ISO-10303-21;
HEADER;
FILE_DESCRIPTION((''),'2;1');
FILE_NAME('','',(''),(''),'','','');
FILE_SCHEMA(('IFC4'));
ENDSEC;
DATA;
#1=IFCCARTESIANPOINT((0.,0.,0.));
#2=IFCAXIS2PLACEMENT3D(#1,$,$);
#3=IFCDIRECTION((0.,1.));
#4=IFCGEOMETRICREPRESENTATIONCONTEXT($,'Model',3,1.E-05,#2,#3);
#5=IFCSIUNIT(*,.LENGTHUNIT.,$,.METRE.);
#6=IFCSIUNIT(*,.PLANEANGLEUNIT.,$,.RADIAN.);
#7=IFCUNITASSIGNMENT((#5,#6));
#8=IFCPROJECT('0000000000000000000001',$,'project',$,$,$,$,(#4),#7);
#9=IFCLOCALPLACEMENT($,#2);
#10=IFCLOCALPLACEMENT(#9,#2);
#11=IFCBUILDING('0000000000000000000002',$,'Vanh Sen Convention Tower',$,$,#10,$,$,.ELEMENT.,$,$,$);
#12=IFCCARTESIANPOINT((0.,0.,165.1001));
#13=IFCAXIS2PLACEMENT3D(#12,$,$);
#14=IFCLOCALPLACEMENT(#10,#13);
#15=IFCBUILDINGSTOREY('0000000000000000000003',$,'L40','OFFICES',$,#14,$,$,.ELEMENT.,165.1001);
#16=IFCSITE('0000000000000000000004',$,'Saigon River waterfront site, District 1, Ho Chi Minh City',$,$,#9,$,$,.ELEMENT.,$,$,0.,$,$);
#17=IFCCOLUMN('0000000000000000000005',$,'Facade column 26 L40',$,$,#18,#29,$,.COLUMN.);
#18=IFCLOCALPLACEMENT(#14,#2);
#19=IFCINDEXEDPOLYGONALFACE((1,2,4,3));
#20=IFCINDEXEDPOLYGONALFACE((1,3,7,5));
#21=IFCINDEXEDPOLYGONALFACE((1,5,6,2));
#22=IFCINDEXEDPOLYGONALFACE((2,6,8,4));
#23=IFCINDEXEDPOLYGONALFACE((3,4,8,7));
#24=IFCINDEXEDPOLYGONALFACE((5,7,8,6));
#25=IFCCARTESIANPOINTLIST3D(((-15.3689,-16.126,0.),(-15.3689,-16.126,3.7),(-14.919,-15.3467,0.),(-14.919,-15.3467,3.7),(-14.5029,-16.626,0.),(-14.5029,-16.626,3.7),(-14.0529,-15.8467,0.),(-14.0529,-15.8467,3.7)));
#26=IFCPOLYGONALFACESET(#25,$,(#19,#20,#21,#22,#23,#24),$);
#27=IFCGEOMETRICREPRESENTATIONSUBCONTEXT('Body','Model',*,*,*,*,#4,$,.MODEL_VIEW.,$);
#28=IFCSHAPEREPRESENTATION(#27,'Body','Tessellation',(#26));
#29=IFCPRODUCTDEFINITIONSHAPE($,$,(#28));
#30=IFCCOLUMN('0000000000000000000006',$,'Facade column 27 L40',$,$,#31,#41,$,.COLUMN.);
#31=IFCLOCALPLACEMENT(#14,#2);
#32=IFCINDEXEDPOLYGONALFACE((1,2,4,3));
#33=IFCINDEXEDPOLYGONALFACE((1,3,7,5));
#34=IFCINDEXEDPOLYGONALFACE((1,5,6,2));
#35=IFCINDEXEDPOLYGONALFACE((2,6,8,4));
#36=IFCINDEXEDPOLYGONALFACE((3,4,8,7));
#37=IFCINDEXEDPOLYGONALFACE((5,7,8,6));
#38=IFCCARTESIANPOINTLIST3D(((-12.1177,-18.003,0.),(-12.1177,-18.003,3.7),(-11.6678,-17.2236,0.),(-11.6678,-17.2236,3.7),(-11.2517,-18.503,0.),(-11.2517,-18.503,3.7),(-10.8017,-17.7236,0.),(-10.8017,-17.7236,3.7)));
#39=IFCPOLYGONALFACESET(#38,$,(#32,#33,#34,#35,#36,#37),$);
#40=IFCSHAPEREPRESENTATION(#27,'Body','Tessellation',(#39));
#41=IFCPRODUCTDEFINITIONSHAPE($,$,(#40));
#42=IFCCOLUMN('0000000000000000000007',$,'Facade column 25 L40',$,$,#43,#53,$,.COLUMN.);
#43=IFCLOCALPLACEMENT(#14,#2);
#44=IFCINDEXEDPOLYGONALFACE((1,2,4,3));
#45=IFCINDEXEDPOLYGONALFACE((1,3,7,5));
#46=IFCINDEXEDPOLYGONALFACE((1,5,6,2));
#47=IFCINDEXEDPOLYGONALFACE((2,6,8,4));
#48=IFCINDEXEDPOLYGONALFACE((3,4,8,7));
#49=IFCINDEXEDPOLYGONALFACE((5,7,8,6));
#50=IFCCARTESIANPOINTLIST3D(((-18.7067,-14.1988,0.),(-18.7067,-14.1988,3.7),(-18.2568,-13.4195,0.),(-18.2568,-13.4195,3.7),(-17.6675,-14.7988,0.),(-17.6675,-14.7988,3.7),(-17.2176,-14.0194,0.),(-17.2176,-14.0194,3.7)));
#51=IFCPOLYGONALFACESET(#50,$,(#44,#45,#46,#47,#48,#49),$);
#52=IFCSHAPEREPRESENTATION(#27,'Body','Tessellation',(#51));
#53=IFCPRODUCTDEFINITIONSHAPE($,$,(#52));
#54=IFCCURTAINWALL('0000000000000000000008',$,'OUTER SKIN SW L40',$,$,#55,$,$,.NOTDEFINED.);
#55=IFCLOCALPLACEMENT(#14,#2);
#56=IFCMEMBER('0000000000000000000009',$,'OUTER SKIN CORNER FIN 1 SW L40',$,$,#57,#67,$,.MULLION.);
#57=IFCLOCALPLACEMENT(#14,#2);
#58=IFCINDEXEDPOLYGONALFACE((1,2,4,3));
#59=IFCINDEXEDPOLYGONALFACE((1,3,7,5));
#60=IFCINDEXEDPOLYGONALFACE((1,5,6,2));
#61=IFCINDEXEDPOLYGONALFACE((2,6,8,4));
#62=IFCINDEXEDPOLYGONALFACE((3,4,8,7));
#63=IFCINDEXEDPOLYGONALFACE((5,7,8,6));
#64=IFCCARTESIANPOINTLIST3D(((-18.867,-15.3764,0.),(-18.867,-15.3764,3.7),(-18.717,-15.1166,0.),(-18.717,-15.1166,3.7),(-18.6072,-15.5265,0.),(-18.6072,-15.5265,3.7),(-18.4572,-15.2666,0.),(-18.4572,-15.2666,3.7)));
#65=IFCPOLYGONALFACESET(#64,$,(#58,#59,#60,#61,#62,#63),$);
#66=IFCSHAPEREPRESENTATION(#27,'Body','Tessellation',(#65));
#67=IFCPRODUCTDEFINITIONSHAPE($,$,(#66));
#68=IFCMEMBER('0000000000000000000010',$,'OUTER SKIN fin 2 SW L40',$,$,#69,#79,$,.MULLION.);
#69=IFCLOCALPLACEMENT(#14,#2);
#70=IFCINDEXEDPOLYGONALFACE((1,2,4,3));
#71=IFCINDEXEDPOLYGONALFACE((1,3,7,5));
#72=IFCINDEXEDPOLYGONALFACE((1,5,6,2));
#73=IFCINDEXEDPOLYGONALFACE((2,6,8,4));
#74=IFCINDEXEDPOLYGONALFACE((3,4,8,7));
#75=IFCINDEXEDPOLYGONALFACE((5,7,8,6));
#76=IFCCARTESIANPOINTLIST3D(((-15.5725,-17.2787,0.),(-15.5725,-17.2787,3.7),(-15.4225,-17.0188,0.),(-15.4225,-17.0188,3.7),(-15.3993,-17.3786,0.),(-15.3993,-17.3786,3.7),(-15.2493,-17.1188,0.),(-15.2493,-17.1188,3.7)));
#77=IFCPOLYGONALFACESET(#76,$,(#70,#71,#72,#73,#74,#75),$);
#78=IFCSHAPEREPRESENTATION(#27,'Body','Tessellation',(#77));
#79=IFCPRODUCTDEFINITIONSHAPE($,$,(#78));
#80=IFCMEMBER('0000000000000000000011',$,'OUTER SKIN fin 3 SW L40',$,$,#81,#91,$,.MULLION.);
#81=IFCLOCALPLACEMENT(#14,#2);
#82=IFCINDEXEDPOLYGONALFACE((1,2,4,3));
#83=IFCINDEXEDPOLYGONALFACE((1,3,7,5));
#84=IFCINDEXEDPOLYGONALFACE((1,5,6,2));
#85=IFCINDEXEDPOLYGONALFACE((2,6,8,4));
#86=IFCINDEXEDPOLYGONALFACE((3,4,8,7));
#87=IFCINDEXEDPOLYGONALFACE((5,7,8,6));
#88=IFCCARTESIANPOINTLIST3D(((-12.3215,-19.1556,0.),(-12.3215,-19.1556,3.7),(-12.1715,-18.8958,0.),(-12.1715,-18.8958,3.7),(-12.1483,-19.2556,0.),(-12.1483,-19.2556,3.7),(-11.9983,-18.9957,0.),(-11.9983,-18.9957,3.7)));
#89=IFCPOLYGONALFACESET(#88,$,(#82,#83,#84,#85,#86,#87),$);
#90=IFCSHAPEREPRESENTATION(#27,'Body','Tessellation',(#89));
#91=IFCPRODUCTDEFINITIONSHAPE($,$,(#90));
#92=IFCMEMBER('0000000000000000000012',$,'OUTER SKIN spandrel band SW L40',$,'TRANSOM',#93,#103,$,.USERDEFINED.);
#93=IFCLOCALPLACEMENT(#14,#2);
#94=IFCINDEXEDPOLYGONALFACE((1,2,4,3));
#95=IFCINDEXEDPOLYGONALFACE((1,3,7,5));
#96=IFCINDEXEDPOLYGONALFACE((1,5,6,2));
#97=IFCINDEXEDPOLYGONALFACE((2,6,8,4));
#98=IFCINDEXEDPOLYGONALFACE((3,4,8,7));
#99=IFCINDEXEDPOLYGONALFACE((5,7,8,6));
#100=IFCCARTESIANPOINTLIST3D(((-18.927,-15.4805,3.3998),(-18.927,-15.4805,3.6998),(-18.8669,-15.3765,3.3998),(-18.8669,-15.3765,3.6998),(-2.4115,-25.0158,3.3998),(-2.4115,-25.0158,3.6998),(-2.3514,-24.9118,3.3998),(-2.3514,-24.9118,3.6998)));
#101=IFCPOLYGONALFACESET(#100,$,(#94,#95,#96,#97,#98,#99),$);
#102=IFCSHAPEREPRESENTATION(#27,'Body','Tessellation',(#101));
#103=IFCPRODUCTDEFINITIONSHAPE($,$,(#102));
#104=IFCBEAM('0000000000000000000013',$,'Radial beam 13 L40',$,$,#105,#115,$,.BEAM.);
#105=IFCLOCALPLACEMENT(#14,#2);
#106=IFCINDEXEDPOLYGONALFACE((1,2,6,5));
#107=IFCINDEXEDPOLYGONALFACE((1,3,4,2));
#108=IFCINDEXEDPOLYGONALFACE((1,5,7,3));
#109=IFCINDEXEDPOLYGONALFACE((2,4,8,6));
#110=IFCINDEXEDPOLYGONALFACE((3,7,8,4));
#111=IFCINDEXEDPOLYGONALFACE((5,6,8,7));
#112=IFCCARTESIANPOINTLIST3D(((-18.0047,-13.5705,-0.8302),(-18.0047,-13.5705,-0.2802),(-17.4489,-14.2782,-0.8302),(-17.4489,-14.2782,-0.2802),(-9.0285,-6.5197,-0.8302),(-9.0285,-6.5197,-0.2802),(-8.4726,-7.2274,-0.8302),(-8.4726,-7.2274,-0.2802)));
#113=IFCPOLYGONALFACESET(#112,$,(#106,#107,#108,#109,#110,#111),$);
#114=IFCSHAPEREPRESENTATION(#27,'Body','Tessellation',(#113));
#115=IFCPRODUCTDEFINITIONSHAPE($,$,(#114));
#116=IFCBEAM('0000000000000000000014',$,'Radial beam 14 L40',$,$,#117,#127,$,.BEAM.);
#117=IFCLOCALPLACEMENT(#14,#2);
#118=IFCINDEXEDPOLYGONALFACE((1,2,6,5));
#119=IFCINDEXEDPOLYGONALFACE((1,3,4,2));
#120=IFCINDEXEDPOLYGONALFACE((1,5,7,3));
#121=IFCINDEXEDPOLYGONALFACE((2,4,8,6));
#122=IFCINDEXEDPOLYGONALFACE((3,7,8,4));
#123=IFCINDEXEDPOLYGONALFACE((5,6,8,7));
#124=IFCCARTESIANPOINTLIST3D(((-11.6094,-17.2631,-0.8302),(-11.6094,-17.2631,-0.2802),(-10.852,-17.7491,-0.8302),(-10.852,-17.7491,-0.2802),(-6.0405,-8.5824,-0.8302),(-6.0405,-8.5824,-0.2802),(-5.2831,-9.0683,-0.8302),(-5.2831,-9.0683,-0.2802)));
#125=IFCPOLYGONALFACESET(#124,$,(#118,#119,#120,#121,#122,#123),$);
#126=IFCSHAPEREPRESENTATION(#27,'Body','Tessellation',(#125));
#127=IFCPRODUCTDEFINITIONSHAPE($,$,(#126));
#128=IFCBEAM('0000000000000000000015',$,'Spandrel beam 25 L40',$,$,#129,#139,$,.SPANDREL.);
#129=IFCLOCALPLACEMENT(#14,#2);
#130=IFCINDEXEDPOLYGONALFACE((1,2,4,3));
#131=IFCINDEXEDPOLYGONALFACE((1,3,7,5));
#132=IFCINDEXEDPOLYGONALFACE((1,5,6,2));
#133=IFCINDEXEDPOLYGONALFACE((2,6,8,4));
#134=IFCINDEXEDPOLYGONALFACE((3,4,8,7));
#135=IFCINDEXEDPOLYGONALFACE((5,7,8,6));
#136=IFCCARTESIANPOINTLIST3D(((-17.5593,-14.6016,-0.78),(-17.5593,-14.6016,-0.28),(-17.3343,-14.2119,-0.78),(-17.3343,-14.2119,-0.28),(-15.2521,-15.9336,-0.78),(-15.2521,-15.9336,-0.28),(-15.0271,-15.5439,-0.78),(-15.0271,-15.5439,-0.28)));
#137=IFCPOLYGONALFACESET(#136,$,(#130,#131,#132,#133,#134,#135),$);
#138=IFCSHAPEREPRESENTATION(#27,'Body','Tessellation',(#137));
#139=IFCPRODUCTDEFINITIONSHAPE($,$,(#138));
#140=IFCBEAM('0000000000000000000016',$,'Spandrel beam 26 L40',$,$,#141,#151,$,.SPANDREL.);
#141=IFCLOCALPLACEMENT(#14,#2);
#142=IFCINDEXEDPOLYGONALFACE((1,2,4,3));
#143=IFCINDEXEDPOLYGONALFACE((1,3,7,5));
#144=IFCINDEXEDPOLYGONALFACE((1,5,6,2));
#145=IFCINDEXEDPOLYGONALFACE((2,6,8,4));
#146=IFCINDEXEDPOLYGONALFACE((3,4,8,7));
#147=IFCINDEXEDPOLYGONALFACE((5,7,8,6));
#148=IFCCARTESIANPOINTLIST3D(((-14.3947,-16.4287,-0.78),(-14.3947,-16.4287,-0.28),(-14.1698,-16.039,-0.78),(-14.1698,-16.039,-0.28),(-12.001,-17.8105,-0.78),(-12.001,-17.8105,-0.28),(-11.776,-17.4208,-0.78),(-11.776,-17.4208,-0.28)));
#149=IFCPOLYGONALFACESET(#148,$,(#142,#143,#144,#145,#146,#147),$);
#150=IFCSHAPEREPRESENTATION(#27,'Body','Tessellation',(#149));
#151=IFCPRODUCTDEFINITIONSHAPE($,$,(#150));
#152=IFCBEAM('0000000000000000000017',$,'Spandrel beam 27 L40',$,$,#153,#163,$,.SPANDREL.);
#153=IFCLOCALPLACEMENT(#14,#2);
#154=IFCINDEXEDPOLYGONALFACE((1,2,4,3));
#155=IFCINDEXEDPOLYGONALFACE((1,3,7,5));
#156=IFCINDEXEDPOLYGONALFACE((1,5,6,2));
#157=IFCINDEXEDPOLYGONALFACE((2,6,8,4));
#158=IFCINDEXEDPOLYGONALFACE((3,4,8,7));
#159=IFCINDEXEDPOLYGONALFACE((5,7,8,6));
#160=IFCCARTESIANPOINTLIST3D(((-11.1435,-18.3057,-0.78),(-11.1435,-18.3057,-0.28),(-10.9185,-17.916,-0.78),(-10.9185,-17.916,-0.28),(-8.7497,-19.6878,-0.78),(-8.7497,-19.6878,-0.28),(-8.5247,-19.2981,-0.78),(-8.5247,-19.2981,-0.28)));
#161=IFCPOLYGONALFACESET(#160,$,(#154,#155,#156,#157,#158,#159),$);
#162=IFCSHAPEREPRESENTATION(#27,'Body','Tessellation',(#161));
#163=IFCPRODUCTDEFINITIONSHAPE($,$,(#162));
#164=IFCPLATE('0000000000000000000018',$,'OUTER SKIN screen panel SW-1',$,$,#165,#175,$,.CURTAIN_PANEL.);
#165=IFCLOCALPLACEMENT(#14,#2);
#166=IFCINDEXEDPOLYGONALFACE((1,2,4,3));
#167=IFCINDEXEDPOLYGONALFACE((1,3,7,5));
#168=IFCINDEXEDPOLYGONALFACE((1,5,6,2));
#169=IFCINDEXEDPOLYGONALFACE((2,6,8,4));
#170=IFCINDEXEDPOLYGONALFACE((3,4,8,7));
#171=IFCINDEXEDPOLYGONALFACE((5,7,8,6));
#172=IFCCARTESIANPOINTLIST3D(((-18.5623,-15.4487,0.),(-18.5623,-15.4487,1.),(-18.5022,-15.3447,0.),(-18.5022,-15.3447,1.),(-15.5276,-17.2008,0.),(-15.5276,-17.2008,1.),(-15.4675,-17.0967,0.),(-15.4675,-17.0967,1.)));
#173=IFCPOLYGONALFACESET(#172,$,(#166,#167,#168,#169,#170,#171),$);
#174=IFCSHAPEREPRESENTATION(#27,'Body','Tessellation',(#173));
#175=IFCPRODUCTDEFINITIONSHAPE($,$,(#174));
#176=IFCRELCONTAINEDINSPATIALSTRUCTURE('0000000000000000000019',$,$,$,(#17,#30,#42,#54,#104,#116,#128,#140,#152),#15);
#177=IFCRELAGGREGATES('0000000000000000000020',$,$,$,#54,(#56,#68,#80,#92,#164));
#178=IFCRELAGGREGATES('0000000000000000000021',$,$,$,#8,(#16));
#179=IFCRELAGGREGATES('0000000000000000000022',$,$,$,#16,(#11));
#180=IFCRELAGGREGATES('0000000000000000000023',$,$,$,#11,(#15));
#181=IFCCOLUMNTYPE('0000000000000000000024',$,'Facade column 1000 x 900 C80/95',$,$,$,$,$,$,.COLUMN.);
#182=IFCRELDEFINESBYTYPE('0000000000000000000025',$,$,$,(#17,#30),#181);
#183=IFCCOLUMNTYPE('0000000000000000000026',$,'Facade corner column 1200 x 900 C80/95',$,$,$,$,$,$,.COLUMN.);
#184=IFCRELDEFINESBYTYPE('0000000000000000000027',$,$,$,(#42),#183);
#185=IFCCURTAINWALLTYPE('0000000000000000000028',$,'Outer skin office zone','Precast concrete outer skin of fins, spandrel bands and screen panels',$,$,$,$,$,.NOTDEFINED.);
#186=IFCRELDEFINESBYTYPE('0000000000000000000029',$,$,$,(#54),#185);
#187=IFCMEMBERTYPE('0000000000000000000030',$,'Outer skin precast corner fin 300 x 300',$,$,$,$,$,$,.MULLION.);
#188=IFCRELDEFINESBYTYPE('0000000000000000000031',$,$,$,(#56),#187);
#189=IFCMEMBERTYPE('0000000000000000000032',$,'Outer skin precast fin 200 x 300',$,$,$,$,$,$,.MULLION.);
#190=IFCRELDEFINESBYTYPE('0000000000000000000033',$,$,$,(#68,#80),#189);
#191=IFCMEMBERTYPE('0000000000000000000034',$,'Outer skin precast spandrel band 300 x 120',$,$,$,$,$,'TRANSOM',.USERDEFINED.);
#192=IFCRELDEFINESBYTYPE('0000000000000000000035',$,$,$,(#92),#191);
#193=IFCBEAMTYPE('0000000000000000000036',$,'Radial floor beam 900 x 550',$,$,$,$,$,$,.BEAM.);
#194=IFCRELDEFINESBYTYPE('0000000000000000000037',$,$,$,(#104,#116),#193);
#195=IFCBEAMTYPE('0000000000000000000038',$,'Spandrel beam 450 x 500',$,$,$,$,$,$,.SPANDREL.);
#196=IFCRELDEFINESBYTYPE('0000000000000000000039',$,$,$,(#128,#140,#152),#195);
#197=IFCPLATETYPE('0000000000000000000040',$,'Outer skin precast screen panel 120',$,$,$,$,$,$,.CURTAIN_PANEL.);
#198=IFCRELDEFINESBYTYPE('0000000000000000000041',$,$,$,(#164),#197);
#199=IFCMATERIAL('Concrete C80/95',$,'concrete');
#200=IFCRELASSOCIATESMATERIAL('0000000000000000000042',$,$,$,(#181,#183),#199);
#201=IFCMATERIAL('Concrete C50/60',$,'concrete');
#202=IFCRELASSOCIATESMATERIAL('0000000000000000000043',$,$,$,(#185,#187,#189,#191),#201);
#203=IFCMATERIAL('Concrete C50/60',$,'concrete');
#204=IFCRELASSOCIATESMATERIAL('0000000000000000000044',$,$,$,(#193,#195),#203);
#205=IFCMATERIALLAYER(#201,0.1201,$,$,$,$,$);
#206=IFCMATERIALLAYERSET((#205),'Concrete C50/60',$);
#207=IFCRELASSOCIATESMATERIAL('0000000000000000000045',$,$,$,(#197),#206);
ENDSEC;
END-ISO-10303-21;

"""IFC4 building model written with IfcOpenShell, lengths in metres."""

from ifc_helpers import new_model, si_unit, direction, frame, origin, origin_2d, place, context, subcontext, project, spatial, rectangle, extrude, material, layer, layer_set, material_profile, profile_set, type_object, element, aggregate, save


model = new_model("IFC4")

# Units and contexts
model_context = context("Model", 3, precision=1e-05, world=origin(), true_north=direction((0.0, 1.0)))
body_context = subcontext(model_context, "Body", "Model", "MODEL_VIEW")
ifc_project = project(units=[si_unit("LENGTHUNIT", "METRE"), si_unit("PLANEANGLEUNIT", "RADIAN")], contexts=[model_context])

# Site, building, storey
site_placement = place(None, origin())
site = spatial("IfcSite", under=ifc_project, at=site_placement, Name="Saigon River waterfront site, District 1, Ho Chi Minh City", CompositionType="ELEMENT", RefElevation=0.0)
building_placement = place(site_placement, origin())
building = spatial("IfcBuilding", under=site, at=building_placement, Name="Vanh Sen Convention Tower", CompositionType="ELEMENT")
storey_placement = place(building_placement, frame((0.0, 0.0, 165.1001)))
storey = spatial("IfcBuildingStorey", under=building, at=storey_placement, Name="L40", Description="OFFICES", CompositionType="ELEMENT", Elevation=165.1001)

# Columns
ifc_material_1 = material(Name="Concrete C80/95", Category="concrete")
ifc_material_profile_1 = material_profile(ifc_material_1, rectangle(XDim=1.0, YDim=0.8999, at=origin_2d()), Name="RC 1000X900")
ifc_profile_set_1 = profile_set([ifc_material_profile_1], Name="Concrete C80/95")
column_type_1 = type_object("IfcColumnType", Name="Facade column 1000 x 900 C80/95", PredefinedType="COLUMN", material=ifc_profile_set_1)
for number, where, z_axis, x_axis, name in (
    (1, (-14.7109, -15.9863, 0.0), (0.0, 0.0, 1.0), (0.866025, -0.5, 0.0), "Facade column 26 L40"),
    (2, (-11.4597, -17.8633, 0.0), (0.0, 0.0, 1.0), (0.866025, -0.5, 0.0), "Facade column 27 L40"),
):
    element("IfcColumn", number, at=place(storey_placement, frame(where, z_axis=z_axis, x_axis=x_axis)), inside=storey, type_object=column_type_1, Name=name, PredefinedType="COLUMN", context=body_context, shape_type="SweptSolid", body=[
        extrude(rectangle(XDim=1.0, YDim=0.8999, at=origin_2d()), origin(), (0.0, 0.0, 1.0), 3.7),
    ])
ifc_material_profile_2 = material_profile(ifc_material_1, rectangle(XDim=1.2, YDim=0.8999, at=origin_2d()), Name="RC 1200X900")
ifc_profile_set_2 = profile_set([ifc_material_profile_2], Name="Concrete C80/95")
column_type_2 = type_object("IfcColumnType", Name="Facade corner column 1200 x 900 C80/95", PredefinedType="COLUMN", material=ifc_profile_set_2)
column_placement = place(storey_placement, frame((-17.9622, -14.1091, 0.0), z_axis=(0.0, 0.0, 1.0), x_axis=(0.866025, -0.5, 0.0)))
element("IfcColumn", 3, at=column_placement, inside=storey, type_object=column_type_2, Name="Facade column 25 L40", PredefinedType="COLUMN", context=body_context, shape_type="SweptSolid", body=[
    extrude(rectangle(XDim=1.2, YDim=0.8999, at=origin_2d()), origin(), (0.0, 0.0, 1.0), 3.7),
])

# Curtain wall, members
ifc_material_2 = material(Name="Concrete C50/60", Category="concrete")
curtain_wall_type = type_object("IfcCurtainWallType", Name="Outer skin office zone", Description="Precast concrete outer skin of fins, spandrel bands and screen panels", PredefinedType="NOTDEFINED", material=ifc_material_2)
curtain_wall_placement = place(storey_placement, origin())
curtain_wall = element("IfcCurtainWall", 4, at=curtain_wall_placement, inside=storey, type_object=curtain_wall_type, Name="OUTER SKIN SW L40", PredefinedType="NOTDEFINED")
ifc_material_profile_3 = material_profile(ifc_material_2, rectangle(XDim=0.3, YDim=0.3, at=origin_2d()), Name="Outer skin precast corner fin 300 x 300")
ifc_profile_set_3 = profile_set([ifc_material_profile_3], Name="Concrete C50/60")
member_type_1 = type_object("IfcMemberType", Name="Outer skin precast corner fin 300 x 300", PredefinedType="MULLION", material=ifc_profile_set_3)
member_1_placement = place(storey_placement, frame((-18.6621, -15.3215, 0.0), z_axis=(0.0, 0.0, 1.0), x_axis=(0.866025, -0.5, 0.0)))
member_1 = element("IfcMember", 5, at=member_1_placement, type_object=member_type_1, Name="OUTER SKIN CORNER FIN 1 SW L40", PredefinedType="MULLION", context=body_context, shape_type="SweptSolid", body=[
    extrude(rectangle(XDim=0.3, YDim=0.3, at=origin_2d()), origin(), (0.0, 0.0, 1.0), 3.7),
])
ifc_material_profile_4 = material_profile(ifc_material_2, rectangle(XDim=0.2, YDim=0.3, at=origin_2d()), Name="Outer skin precast fin 200 x 300")
ifc_profile_set_4 = profile_set([ifc_material_profile_4], Name="Concrete C50/60")
member_type_2 = type_object("IfcMemberType", Name="Outer skin precast fin 200 x 300", PredefinedType="MULLION", material=ifc_profile_set_4)
member_2_placement = place(storey_placement, frame((-15.4109, -17.1987, 0.0), z_axis=(0.0, 0.0, 1.0), x_axis=(0.866025, -0.5, 0.0)))
member_2 = element("IfcMember", 6, at=member_2_placement, type_object=member_type_2, Name="OUTER SKIN fin 2 SW L40", PredefinedType="MULLION", context=body_context, shape_type="SweptSolid", body=[
    extrude(rectangle(XDim=0.2, YDim=0.3, at=origin_2d()), origin(), (0.0, 0.0, 1.0), 3.7),
])
member_3_placement = place(storey_placement, frame((-12.1599, -19.0757, 0.0), z_axis=(0.0, 0.0, 1.0), x_axis=(0.866025, -0.5, 0.0)))
member_3 = element("IfcMember", 7, at=member_3_placement, type_object=member_type_2, Name="OUTER SKIN fin 3 SW L40", PredefinedType="MULLION", context=body_context, shape_type="SweptSolid", body=[
    extrude(rectangle(XDim=0.2, YDim=0.3, at=origin_2d()), origin(), (0.0, 0.0, 1.0), 3.7),
])
ifc_material_profile_5 = material_profile(ifc_material_2, rectangle(XDim=0.1201, YDim=0.3, at=origin_2d()), Name="Outer skin precast spandrel band 300 x 120")
ifc_profile_set_5 = profile_set([ifc_material_profile_5], Name="Concrete C50/60")
member_type_3 = type_object("IfcMemberType", Name="Outer skin precast spandrel band 300 x 120", ElementType="TRANSOM", PredefinedType="USERDEFINED", material=ifc_profile_set_5)
member_4_placement = place(storey_placement, frame((-18.897, -15.4285, 3.5498), z_axis=(0.866023, -0.500004, 0.0), x_axis=(0.500004, 0.866023, 0.0)))
member_4 = element("IfcMember", 8, at=member_4_placement, type_object=member_type_3, Name="OUTER SKIN spandrel band SW L40", ObjectType="TRANSOM", PredefinedType="USERDEFINED", context=body_context, shape_type="SweptSolid", body=[
    extrude(rectangle(XDim=0.1201, YDim=0.3, at=origin_2d()), origin(), (0.0, 0.0, 1.0), 19.0706),
])

# Beams
ifc_material_3 = material(Name="Concrete C50/60", Category="concrete")
ifc_material_profile_6 = material_profile(ifc_material_3, rectangle(XDim=0.8999, YDim=0.55, at=origin_2d()), Name="RC 900X550")
ifc_profile_set_6 = profile_set([ifc_material_profile_6], Name="Concrete C50/60")
beam_type_1 = type_object("IfcBeamType", Name="Radial floor beam 900 x 550", PredefinedType="BEAM", material=ifc_profile_set_6)
beam_1_placement = place(storey_placement, frame((-17.7268, -13.9243, -0.5552), z_axis=(0.786405, 0.617711, 0.0), x_axis=(-0.617711, 0.786405, 0.0)))
element("IfcBeam", 9, at=beam_1_placement, inside=storey, type_object=beam_type_1, Name="Radial beam 13 L40", PredefinedType="BEAM", context=body_context, shape_type="SweptSolid", body=[
    extrude(rectangle(XDim=0.8999, YDim=0.55, at=origin_2d()), origin(), (0.0, 0.0, 1.0), 11.4143),
])
beam_2_placement = place(storey_placement, frame((-11.2307, -17.5061, -0.5552), z_axis=(0.539963, 0.841689, 0.0), x_axis=(-0.841689, 0.539963, 0.0)))
element("IfcBeam", 10, at=beam_2_placement, inside=storey, type_object=beam_type_1, Name="Radial beam 14 L40", PredefinedType="BEAM", context=body_context, shape_type="SweptSolid", body=[
    extrude(rectangle(XDim=0.8999, YDim=0.55, at=origin_2d()), origin(), (0.0, 0.0, 1.0), 10.3135),
])
ifc_material_profile_7 = material_profile(ifc_material_3, rectangle(XDim=0.45, YDim=0.5, at=origin_2d()), Name="RC 450X500")
ifc_profile_set_7 = profile_set([ifc_material_profile_7], Name="Concrete C50/60")
beam_type_2 = type_object("IfcBeamType", Name="Spandrel beam 450 x 500", PredefinedType="SPANDREL", material=ifc_profile_set_7)
beam_3_placement = place(storey_placement, frame((-17.4468, -14.4067, -0.53), z_axis=(0.866024, -0.500003, 0.0), x_axis=(0.500003, 0.866024, 0.0)))
element("IfcBeam", 11, at=beam_3_placement, inside=storey, type_object=beam_type_2, Name="Spandrel beam 25 L40", PredefinedType="SPANDREL", context=body_context, shape_type="SweptSolid", body=[
    extrude(rectangle(XDim=0.45, YDim=0.5, at=origin_2d()), origin(), (0.0, 0.0, 1.0), 2.6641),
])
beam_4_placement = place(storey_placement, frame((-14.2822, -16.2339, -0.53), z_axis=(0.866061, -0.499939, 0.0), x_axis=(0.499939, 0.866061, 0.0)))
element("IfcBeam", 12, at=beam_4_placement, inside=storey, type_object=beam_type_2, Name="Spandrel beam 26 L40", PredefinedType="SPANDREL", context=body_context, shape_type="SweptSolid", body=[
    extrude(rectangle(XDim=0.45, YDim=0.5, at=origin_2d()), origin(), (0.0, 0.0, 1.0), 2.7639),
])
beam_5_placement = place(storey_placement, frame((-11.031, -18.1108, -0.53), z_axis=(0.866022, -0.500005, 0.0), x_axis=(0.500005, 0.866022, 0.0)))
element("IfcBeam", 13, at=beam_5_placement, inside=storey, type_object=beam_type_2, Name="Spandrel beam 27 L40", PredefinedType="SPANDREL", context=body_context, shape_type="SweptSolid", body=[
    extrude(rectangle(XDim=0.45, YDim=0.5, at=origin_2d()), origin(), (0.0, 0.0, 1.0), 2.7642),
])

# Plate
ifc_layer_1 = layer(ifc_material_2, 0.1201)
ifc_layer_set_1 = layer_set([ifc_layer_1], Name="Concrete C50/60")
plate_type = type_object("IfcPlateType", Name="Outer skin precast screen panel 120", PredefinedType="CURTAIN_PANEL", material=ifc_layer_set_1)
plate_1_placement = place(storey_placement, frame((-17.0149, -16.2727, 0.0), z_axis=(0.0, 0.0, 1.0), x_axis=(0.866024, -0.500003, 0.0)))
plate_1 = element("IfcPlate", 14, at=plate_1_placement, type_object=plate_type, Name="OUTER SKIN screen panel SW-1", PredefinedType="CURTAIN_PANEL", context=body_context, shape_type="SweptSolid", body=[
    extrude(rectangle(XDim=3.5042, YDim=0.1201, at=origin_2d()), origin(), (0.0, 0.0, 1.0), 1.0),
])
aggregate(curtain_wall, [member_1, member_2, member_3, member_4, plate_1])

save(model, "model.ifc")
